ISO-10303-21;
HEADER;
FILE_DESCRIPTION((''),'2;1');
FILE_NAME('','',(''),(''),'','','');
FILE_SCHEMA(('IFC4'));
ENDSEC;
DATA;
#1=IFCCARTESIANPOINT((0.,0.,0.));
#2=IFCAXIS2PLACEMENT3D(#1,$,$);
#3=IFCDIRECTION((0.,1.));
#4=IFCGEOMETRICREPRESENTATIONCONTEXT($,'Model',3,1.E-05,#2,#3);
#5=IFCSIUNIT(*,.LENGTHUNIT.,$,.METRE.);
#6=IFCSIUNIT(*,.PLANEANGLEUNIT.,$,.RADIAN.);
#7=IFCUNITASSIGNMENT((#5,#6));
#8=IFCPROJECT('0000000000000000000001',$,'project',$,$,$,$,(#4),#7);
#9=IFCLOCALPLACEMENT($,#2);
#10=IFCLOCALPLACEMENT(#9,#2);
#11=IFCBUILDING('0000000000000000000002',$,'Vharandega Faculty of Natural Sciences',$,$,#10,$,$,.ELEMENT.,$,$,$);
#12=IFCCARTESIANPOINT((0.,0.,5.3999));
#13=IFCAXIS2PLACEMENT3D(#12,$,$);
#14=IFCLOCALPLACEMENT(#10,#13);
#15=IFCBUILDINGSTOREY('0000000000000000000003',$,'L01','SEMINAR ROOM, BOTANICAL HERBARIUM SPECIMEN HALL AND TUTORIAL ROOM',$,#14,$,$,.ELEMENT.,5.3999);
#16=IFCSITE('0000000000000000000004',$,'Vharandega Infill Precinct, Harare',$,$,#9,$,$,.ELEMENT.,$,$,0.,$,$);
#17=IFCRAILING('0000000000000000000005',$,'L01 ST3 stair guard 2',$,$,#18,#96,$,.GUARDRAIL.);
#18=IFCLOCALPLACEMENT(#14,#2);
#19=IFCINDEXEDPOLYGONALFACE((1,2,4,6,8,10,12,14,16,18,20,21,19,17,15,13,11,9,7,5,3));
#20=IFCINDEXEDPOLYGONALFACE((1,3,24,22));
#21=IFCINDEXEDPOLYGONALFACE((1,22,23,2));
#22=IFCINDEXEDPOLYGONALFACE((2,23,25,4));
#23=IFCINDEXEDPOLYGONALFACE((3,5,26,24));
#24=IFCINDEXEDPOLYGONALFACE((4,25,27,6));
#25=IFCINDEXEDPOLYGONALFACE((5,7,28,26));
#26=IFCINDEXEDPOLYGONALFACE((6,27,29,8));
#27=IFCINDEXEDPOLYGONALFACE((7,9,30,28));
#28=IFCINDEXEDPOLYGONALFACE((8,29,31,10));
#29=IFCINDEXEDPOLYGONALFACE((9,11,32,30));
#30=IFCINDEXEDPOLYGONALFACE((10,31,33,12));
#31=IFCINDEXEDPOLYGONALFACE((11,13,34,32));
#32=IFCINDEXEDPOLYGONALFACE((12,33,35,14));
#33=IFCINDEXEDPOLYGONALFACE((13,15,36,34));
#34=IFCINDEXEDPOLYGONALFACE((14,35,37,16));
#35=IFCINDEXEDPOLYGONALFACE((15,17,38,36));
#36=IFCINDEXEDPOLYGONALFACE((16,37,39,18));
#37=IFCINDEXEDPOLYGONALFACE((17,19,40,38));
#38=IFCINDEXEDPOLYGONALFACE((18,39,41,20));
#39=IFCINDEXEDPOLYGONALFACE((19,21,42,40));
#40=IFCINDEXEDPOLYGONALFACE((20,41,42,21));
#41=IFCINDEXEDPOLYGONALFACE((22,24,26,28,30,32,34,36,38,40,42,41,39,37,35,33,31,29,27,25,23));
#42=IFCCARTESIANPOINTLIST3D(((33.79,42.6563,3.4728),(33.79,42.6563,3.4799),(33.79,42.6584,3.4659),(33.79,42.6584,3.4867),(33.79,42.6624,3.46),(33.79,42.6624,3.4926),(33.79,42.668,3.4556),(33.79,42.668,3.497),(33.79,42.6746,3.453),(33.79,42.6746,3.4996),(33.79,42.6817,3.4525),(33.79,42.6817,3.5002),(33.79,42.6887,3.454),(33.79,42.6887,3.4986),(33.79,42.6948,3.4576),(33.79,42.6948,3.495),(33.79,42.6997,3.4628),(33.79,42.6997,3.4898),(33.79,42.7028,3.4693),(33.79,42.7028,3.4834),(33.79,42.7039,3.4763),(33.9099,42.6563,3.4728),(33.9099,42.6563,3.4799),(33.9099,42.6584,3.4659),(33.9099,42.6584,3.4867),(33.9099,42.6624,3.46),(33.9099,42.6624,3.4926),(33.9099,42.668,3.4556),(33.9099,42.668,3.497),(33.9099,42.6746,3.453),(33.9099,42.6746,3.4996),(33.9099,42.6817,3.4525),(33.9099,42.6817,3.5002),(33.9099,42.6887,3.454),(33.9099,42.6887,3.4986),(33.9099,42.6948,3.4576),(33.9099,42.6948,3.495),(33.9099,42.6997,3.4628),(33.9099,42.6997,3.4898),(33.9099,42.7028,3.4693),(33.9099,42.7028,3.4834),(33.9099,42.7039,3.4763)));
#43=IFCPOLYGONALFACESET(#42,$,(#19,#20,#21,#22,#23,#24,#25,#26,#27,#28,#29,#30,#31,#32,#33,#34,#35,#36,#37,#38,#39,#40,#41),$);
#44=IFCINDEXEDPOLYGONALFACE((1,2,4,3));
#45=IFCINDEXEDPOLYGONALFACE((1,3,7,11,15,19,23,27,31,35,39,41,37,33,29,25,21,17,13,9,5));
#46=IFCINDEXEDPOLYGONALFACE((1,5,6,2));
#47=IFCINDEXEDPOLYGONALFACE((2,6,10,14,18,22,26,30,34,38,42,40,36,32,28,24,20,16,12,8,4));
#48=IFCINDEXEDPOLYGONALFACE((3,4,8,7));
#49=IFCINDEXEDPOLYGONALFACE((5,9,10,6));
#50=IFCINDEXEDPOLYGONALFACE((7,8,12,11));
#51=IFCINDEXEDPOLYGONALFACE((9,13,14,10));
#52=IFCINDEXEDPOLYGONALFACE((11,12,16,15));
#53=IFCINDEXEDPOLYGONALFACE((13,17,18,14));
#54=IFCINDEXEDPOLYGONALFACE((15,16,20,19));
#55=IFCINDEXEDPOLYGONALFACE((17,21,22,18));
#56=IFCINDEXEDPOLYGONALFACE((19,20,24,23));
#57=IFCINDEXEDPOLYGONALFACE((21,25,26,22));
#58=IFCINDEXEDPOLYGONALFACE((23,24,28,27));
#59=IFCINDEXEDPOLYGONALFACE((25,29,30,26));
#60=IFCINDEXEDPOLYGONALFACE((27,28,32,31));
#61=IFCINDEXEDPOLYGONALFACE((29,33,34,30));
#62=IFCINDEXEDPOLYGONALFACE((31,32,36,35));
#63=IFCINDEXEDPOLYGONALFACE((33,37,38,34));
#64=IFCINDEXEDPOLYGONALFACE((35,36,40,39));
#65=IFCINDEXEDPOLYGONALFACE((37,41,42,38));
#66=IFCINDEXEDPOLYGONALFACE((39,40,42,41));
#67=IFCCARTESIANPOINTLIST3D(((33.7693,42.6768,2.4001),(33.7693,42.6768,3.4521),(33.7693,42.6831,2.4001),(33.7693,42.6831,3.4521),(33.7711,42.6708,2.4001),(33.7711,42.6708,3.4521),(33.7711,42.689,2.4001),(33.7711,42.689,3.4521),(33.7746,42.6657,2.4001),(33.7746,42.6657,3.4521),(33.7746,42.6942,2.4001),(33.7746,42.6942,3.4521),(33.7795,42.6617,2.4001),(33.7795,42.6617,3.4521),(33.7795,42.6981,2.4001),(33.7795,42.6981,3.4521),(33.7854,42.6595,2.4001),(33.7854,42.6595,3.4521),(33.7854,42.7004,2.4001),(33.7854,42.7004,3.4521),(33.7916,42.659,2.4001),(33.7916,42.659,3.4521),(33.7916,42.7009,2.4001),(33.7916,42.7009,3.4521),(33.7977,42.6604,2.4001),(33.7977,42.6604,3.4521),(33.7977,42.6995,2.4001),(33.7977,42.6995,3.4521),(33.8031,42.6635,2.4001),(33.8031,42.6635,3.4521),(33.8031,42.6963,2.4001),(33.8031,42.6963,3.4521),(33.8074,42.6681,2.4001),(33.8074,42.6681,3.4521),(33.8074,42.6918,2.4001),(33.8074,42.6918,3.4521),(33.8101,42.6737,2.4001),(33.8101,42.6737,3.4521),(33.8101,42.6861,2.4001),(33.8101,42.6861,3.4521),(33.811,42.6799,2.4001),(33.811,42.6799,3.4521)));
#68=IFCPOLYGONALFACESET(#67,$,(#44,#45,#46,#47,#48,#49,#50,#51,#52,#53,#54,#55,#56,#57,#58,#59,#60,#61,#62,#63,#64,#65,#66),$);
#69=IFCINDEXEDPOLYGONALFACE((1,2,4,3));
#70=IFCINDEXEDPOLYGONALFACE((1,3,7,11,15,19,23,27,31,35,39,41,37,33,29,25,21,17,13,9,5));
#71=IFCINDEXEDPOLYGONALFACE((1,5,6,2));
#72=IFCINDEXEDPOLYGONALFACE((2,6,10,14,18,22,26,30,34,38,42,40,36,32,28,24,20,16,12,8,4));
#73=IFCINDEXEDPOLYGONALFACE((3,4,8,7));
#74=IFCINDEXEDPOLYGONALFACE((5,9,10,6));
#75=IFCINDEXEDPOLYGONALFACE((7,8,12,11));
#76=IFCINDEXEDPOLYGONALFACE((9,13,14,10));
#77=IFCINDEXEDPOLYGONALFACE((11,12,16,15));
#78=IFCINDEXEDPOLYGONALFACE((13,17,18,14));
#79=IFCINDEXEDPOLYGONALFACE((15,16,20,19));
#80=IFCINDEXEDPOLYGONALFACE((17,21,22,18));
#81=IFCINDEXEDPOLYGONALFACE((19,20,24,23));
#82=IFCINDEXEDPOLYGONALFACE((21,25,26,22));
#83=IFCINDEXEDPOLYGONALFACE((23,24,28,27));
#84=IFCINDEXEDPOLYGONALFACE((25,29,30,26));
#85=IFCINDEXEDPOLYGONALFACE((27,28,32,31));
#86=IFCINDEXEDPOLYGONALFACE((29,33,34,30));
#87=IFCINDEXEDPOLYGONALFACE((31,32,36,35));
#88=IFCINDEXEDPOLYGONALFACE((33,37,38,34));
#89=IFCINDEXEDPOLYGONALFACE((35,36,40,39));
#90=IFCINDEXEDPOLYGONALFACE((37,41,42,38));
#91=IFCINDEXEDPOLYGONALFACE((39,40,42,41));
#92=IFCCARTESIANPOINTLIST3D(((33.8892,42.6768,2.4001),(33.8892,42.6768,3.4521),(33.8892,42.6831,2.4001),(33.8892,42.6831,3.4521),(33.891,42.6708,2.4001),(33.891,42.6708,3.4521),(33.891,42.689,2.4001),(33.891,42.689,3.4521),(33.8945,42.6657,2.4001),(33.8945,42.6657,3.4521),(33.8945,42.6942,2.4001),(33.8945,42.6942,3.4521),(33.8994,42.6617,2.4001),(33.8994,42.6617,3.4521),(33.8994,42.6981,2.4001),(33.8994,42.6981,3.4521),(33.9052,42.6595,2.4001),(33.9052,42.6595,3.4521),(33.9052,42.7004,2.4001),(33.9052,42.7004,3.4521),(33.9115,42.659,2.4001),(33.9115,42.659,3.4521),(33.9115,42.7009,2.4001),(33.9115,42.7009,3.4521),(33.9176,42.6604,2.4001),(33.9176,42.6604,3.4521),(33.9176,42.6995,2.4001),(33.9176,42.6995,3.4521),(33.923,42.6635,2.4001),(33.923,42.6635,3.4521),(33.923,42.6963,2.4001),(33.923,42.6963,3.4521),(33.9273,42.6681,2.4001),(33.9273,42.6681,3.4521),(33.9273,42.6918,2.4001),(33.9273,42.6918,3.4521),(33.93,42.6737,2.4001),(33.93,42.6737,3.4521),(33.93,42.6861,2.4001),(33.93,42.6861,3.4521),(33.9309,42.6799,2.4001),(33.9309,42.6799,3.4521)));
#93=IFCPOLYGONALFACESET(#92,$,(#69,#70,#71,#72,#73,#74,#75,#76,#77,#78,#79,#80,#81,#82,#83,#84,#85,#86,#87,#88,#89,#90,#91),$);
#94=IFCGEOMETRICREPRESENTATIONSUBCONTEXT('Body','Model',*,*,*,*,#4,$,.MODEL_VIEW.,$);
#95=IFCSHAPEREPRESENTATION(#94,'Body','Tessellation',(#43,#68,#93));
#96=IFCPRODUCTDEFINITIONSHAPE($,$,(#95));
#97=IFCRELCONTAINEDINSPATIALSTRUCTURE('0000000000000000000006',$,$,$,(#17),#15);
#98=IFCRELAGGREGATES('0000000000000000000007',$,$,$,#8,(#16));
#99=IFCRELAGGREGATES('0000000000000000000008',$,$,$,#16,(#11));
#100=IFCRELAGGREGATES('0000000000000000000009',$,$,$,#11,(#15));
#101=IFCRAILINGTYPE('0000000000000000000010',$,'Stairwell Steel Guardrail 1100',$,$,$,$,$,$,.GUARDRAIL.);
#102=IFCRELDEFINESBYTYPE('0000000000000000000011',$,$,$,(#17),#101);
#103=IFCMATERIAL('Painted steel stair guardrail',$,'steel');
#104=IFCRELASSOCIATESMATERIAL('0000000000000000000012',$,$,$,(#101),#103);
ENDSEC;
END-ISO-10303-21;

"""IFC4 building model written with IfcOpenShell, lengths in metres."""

from ifc_helpers import new_model, si_unit, direction, frame, origin, origin_2d, place, context, subcontext, project, spatial, circle, extrude, material, type_object, element, save


model = new_model("IFC4")

# Units and contexts
model_context = context("Model", 3, precision=1e-05, world=origin(), true_north=direction((0.0, 1.0)))
body_context = subcontext(model_context, "Body", "Model", "MODEL_VIEW")
ifc_project = project(units=[si_unit("LENGTHUNIT", "METRE"), si_unit("PLANEANGLEUNIT", "RADIAN")], contexts=[model_context])

# Site, building, storey
site_placement = place(None, origin())
site = spatial("IfcSite", under=ifc_project, at=site_placement, Name="Vharandega Infill Precinct, Harare", CompositionType="ELEMENT", RefElevation=0.0)
building_placement = place(site_placement, origin())
building = spatial("IfcBuilding", under=site, at=building_placement, Name="Vharandega Faculty of Natural Sciences", CompositionType="ELEMENT")
storey_placement = place(building_placement, frame((0.0, 0.0, 5.3999)))
storey = spatial("IfcBuildingStorey", under=building, at=storey_placement, Name="L01", Description="SEMINAR ROOM, BOTANICAL HERBARIUM SPECIMEN HALL AND TUTORIAL ROOM", CompositionType="ELEMENT", Elevation=5.3999)

# Railing
ifc_material_1 = material(Name="Painted steel stair guardrail", Category="steel")
railing_type_1 = type_object("IfcRailingType", Name="Stairwell Steel Guardrail 1100", PredefinedType="GUARDRAIL", material=ifc_material_1)
railing_1_placement = place(storey_placement, frame((33.79, 42.6799, 2.4001)))
element("IfcRailing", 1, at=railing_1_placement, inside=storey, type_object=railing_type_1, Name="L01 ST3 stair guard 2", PredefinedType="GUARDRAIL", context=body_context, shape_type="SweptSolid", body=[
    extrude(circle(Radius=0.0239, at=origin_2d()), frame((0.0, 0.0, 1.0762), z_axis=(1.0, 0.0, 0.0), x_axis=(0.0, 1.0, 0.0)), (0.0, 0.0, 1.0), 0.1199),
    extrude(circle(Radius=0.021, at=origin_2d()), origin(), (0.0, 0.0, 1.0), 1.052),
    extrude(circle(Radius=0.021, at=origin_2d()), frame((0.1199, 0.0, 0.0)), (0.0, 0.0, 1.0), 1.052),
])

save(model, "model.ifc")
